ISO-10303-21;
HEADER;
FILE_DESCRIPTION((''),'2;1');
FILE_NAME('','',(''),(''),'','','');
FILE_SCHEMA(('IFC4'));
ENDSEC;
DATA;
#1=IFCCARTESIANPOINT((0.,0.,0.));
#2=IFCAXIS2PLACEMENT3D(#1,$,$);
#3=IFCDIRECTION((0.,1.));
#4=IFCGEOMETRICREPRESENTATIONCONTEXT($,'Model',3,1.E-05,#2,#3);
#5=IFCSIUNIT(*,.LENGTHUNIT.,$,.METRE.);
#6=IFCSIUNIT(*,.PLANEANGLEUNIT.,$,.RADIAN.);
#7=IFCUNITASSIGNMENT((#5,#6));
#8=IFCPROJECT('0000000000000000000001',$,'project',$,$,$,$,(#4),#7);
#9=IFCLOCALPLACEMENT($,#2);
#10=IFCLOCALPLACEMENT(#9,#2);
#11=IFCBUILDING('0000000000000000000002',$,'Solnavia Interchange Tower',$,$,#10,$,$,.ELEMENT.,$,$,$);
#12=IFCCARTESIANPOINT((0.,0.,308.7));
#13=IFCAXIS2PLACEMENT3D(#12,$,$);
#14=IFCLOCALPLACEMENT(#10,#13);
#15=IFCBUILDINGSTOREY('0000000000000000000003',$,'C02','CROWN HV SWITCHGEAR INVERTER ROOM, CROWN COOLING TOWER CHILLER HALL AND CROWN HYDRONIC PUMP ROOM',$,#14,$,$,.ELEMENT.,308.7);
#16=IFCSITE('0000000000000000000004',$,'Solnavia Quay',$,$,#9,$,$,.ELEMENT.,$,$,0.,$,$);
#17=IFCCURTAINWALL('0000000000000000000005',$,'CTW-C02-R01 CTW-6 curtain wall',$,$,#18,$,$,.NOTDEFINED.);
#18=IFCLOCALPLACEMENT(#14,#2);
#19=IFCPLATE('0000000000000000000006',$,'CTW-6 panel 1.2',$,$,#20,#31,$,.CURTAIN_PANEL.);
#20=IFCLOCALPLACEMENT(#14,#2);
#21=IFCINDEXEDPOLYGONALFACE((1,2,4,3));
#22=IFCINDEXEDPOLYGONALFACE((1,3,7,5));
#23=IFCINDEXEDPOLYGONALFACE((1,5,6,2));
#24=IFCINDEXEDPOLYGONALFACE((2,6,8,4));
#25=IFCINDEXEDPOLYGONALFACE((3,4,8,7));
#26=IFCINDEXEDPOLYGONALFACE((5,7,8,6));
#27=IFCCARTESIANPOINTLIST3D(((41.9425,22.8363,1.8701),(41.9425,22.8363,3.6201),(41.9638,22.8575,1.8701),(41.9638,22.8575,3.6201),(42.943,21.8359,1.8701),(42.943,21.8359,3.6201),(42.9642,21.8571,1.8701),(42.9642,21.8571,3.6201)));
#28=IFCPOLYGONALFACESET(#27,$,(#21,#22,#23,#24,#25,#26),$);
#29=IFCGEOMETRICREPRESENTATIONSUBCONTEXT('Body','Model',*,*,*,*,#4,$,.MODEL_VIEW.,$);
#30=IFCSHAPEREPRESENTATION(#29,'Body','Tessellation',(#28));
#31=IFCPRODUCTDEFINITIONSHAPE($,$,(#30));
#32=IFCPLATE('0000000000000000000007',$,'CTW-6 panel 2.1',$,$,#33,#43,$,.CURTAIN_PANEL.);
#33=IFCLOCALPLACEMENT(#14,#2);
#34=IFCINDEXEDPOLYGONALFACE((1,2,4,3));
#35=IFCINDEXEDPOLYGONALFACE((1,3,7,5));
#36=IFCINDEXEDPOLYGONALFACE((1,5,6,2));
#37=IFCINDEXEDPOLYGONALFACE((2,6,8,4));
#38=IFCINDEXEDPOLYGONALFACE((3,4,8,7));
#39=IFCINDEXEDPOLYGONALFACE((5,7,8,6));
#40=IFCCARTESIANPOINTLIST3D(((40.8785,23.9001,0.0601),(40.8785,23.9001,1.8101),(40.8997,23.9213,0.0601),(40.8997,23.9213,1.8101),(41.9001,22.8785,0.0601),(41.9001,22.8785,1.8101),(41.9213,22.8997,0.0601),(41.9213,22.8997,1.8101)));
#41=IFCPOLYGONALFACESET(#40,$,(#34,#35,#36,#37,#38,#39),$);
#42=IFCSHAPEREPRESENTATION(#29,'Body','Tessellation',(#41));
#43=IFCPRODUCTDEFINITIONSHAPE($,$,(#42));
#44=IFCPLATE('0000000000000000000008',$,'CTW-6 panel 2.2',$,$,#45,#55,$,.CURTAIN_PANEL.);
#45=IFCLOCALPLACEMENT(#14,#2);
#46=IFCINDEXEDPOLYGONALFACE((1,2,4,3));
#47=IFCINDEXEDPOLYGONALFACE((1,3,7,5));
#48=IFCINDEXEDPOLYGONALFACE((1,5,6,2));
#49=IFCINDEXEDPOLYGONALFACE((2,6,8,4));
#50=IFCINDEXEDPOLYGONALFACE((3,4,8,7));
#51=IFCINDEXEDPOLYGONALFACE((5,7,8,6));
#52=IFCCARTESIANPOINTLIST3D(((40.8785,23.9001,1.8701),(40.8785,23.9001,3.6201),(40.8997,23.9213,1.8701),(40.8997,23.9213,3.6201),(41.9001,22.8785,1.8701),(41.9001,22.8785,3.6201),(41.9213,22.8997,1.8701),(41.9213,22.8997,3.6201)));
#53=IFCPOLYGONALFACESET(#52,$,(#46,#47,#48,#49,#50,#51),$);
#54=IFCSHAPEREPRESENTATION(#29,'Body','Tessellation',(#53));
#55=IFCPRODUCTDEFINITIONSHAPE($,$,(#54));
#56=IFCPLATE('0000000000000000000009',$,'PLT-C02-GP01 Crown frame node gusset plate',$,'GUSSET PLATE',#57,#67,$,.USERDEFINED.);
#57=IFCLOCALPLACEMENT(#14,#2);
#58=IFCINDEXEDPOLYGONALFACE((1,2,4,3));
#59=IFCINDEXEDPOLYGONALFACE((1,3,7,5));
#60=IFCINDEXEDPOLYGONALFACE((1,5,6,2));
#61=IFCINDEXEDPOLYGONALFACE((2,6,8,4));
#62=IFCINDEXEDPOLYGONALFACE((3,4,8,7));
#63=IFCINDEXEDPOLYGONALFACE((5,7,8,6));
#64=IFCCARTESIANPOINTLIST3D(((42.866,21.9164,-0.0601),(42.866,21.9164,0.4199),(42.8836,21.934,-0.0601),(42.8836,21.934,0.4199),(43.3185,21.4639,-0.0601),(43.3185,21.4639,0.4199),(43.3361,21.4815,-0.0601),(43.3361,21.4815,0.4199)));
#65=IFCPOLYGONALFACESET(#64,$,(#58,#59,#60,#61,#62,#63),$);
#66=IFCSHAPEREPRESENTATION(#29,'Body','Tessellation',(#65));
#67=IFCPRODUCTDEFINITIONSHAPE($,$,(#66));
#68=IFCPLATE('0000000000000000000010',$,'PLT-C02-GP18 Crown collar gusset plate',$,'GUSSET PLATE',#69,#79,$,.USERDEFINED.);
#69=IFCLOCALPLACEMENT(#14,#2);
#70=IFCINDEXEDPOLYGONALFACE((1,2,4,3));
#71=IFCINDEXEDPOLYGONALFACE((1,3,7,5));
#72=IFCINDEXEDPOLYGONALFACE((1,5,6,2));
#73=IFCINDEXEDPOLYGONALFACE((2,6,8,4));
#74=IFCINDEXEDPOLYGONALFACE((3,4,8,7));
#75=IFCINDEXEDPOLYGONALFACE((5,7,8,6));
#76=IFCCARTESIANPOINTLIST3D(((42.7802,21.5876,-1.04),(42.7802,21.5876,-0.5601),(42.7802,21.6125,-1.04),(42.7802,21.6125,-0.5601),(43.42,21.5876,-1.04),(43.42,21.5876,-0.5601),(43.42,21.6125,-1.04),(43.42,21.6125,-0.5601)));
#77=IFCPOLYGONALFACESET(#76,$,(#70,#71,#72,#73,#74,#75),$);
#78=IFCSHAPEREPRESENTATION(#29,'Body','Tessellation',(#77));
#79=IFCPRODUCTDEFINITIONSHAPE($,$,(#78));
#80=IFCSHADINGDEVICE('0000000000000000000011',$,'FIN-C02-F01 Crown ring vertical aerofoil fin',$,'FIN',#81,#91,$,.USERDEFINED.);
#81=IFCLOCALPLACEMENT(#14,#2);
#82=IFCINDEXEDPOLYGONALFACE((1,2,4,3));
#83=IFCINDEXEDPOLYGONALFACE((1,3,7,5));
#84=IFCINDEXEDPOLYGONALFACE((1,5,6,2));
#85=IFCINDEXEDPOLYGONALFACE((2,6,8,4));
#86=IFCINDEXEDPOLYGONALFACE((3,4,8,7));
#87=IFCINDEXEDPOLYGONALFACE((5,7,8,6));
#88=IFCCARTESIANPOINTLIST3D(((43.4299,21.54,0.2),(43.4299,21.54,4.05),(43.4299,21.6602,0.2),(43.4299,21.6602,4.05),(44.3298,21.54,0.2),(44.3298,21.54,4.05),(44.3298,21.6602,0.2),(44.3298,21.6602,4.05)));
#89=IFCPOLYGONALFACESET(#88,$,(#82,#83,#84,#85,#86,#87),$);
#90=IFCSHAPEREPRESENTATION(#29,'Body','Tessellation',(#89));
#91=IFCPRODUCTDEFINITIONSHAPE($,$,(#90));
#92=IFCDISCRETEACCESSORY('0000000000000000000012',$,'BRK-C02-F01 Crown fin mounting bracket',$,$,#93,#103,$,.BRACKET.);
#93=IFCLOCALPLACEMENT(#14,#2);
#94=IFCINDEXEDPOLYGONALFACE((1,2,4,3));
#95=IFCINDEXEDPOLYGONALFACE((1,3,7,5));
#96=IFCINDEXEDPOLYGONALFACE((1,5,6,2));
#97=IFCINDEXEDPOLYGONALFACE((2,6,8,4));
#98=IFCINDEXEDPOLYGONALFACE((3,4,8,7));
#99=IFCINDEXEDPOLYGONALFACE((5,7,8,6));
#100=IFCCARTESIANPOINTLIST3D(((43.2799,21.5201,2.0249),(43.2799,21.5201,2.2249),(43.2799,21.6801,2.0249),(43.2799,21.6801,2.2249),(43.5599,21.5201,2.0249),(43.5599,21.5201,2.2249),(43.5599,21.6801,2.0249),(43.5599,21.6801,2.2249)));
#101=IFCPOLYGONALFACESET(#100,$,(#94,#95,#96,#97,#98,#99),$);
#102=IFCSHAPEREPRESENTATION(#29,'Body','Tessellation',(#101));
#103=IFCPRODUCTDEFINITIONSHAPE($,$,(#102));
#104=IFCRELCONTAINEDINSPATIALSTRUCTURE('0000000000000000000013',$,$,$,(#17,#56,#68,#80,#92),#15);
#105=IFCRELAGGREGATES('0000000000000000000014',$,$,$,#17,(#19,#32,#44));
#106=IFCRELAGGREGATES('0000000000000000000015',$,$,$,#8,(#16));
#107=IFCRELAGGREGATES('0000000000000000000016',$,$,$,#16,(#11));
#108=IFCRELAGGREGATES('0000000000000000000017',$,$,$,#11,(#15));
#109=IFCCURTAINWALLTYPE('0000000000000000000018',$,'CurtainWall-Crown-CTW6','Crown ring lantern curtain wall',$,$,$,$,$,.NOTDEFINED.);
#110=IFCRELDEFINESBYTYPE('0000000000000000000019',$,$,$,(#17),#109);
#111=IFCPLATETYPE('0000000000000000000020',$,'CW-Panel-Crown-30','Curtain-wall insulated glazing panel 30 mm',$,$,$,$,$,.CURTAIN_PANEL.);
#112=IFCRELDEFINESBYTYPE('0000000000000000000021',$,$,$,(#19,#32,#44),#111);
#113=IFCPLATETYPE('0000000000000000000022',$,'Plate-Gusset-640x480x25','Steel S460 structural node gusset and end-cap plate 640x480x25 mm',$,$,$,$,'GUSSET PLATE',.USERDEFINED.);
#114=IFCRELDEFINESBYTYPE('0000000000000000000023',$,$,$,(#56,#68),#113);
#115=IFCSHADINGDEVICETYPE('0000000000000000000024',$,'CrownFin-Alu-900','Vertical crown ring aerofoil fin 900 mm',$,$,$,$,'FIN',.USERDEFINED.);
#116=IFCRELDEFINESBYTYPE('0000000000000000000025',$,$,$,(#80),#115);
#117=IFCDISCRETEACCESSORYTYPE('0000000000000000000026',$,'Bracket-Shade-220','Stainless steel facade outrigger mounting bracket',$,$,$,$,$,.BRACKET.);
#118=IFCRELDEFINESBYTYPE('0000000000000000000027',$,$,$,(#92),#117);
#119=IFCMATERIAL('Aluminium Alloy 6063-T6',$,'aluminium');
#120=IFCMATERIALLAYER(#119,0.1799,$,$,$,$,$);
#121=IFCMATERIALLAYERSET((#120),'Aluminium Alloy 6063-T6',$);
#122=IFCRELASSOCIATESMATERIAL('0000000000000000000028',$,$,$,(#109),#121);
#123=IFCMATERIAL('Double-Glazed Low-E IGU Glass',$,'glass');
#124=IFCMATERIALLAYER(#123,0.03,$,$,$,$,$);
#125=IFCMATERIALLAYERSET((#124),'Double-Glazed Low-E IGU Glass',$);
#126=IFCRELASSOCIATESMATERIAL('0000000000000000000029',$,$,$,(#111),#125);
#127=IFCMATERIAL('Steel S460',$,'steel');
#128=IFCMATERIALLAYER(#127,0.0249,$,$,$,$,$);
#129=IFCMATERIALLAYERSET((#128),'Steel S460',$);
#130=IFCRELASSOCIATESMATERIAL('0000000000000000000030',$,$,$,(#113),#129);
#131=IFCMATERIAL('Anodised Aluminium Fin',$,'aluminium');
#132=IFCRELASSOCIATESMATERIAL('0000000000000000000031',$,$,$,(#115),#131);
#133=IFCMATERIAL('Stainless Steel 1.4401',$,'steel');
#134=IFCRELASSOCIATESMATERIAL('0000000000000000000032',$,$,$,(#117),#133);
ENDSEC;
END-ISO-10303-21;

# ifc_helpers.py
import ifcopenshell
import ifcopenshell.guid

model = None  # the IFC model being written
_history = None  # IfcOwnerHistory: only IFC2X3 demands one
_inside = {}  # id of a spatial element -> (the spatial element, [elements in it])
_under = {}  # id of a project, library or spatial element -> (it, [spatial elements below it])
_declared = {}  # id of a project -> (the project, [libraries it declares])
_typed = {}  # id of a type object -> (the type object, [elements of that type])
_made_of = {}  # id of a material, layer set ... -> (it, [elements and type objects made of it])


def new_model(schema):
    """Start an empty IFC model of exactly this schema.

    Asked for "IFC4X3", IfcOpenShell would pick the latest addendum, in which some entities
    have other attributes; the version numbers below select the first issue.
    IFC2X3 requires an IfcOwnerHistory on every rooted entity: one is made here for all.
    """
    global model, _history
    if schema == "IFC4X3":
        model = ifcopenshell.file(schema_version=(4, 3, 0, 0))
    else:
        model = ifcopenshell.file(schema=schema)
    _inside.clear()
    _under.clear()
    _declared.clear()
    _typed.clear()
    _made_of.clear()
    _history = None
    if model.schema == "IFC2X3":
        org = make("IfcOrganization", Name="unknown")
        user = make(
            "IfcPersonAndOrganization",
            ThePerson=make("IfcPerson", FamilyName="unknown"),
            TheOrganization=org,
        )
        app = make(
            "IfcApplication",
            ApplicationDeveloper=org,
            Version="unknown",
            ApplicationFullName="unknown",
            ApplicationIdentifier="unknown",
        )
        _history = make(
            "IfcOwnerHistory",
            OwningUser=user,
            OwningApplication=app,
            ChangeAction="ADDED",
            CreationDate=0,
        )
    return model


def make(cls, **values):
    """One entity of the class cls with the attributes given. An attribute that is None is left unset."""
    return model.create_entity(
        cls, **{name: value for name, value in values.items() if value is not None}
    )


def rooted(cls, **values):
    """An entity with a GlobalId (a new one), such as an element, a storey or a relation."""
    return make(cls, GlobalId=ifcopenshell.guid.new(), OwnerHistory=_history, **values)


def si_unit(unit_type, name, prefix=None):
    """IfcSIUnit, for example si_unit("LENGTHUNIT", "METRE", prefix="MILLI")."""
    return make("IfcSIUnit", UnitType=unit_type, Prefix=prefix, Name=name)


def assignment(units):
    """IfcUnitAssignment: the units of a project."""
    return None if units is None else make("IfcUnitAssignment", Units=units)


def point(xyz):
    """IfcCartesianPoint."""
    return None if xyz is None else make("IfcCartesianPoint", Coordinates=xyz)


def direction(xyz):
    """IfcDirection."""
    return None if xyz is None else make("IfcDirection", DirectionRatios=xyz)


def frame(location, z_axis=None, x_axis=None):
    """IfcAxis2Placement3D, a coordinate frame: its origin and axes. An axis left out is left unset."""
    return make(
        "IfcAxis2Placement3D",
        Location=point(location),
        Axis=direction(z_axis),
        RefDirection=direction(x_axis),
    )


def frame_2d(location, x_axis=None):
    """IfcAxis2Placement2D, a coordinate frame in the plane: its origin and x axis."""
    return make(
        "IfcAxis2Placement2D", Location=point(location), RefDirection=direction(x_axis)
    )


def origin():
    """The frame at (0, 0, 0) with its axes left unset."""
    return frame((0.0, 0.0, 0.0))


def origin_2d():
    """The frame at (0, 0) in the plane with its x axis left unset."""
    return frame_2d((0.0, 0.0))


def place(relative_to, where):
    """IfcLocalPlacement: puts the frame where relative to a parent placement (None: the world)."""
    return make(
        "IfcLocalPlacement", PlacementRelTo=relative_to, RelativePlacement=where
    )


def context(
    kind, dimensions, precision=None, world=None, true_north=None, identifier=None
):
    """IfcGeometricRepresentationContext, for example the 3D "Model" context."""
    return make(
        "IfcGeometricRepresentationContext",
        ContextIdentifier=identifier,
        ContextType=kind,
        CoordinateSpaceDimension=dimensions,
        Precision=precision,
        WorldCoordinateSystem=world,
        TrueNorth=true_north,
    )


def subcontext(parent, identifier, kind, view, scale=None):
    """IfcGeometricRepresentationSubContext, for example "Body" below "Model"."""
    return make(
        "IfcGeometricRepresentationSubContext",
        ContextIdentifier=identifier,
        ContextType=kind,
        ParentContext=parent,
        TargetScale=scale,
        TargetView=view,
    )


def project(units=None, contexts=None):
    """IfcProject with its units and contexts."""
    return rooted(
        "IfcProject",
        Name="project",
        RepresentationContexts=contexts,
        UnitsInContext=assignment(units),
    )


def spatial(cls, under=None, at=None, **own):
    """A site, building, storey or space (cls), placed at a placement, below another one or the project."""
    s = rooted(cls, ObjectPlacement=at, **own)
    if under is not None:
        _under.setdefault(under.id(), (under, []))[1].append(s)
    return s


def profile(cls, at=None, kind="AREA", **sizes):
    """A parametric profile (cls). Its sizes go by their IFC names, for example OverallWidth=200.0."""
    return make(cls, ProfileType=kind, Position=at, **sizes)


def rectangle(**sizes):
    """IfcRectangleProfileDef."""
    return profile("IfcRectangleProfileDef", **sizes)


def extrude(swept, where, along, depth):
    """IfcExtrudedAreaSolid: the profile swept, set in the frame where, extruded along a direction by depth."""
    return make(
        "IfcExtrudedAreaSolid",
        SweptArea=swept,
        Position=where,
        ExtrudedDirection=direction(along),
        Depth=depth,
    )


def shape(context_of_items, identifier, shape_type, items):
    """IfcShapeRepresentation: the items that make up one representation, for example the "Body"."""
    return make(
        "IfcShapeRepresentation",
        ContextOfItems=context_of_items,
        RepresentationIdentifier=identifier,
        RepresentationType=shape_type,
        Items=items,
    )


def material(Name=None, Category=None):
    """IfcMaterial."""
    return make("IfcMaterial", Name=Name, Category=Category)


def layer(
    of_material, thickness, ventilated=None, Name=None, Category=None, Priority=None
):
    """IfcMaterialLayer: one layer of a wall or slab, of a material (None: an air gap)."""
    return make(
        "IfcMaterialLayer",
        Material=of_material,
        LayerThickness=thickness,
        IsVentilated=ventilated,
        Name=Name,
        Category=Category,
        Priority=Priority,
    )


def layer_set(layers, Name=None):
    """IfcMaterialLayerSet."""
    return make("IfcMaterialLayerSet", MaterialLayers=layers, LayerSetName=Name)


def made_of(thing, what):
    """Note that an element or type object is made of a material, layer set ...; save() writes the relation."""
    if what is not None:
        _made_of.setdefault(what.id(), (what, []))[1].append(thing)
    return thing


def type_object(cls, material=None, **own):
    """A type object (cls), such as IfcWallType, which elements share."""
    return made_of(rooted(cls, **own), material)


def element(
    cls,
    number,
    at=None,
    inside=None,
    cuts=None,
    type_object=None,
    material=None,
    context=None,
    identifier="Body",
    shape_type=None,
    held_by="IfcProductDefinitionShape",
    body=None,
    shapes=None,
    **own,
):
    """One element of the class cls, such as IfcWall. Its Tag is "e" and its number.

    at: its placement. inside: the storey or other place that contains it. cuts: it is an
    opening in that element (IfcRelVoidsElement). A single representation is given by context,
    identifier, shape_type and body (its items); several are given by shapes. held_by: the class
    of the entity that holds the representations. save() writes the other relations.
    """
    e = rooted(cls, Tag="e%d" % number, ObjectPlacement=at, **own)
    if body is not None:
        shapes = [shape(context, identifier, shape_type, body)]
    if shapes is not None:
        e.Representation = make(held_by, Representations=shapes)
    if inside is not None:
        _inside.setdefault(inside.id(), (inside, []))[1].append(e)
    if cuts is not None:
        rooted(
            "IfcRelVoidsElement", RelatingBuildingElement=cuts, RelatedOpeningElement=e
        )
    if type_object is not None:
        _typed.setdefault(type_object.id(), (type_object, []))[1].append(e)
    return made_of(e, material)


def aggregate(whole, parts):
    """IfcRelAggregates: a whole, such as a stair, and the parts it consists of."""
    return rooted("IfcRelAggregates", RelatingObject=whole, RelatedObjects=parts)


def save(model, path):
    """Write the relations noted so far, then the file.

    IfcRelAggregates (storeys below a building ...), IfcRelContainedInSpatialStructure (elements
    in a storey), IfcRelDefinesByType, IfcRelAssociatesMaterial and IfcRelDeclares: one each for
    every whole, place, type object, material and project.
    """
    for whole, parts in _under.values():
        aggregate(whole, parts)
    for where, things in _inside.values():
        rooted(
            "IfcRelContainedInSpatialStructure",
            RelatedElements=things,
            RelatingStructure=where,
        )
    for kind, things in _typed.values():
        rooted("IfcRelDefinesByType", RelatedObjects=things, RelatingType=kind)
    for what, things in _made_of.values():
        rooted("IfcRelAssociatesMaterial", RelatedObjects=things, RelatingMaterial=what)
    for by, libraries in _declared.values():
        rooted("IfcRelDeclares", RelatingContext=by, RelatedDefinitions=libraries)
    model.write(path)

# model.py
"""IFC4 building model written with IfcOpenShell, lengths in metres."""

from ifc_helpers import new_model, si_unit, direction, frame, origin, origin_2d, place, context, subcontext, project, spatial, rectangle, extrude, material, layer, layer_set, type_object, element, aggregate, save


model = new_model("IFC4")

# Units and contexts
model_context = context("Model", 3, precision=1e-05, world=origin(), true_north=direction((0.0, 1.0)))
body_context = subcontext(model_context, "Body", "Model", "MODEL_VIEW")
ifc_project = project(units=[si_unit("LENGTHUNIT", "METRE"), si_unit("PLANEANGLEUNIT", "RADIAN")], contexts=[model_context])

# Site, building, storey
site_placement = place(None, origin())
site = spatial("IfcSite", under=ifc_project, at=site_placement, Name="Solnavia Quay", CompositionType="ELEMENT", RefElevation=0.0)
building_placement = place(site_placement, origin())
building = spatial("IfcBuilding", under=site, at=building_placement, Name="Solnavia Interchange Tower", CompositionType="ELEMENT")
storey_placement = place(building_placement, frame((0.0, 0.0, 308.7)))
storey = spatial("IfcBuildingStorey", under=building, at=storey_placement, Name="C02", Description="CROWN HV SWITCHGEAR INVERTER ROOM, CROWN COOLING TOWER CHILLER HALL AND CROWN HYDRONIC PUMP ROOM", CompositionType="ELEMENT", Elevation=308.7)

# Shared definitions
ifc_material_1 = material(Name="Steel S460", Category="steel")

# Curtain wall
ifc_material_2 = material(Name="Aluminium Alloy 6063-T6", Category="aluminium")
ifc_layer_1 = layer(ifc_material_2, 0.1799)
ifc_layer_set_1 = layer_set([ifc_layer_1], Name="Aluminium Alloy 6063-T6")
curtain_wall_type = type_object("IfcCurtainWallType", Name="CurtainWall-Crown-CTW6", Description="Crown ring lantern curtain wall", PredefinedType="NOTDEFINED", material=ifc_layer_set_1)
curtain_wall_placement = place(storey_placement, origin())
curtain_wall = element("IfcCurtainWall", 1, at=curtain_wall_placement, inside=storey, type_object=curtain_wall_type, Name="CTW-C02-R01 CTW-6 curtain wall", PredefinedType="NOTDEFINED")

# Plates
ifc_material_3 = material(Name="Double-Glazed Low-E IGU Glass", Category="glass")
ifc_layer_2 = layer(ifc_material_3, 0.03)
ifc_layer_set_2 = layer_set([ifc_layer_2], Name="Double-Glazed Low-E IGU Glass")
plate_type_1 = type_object("IfcPlateType", Name="CW-Panel-Crown-30", Description="Curtain-wall insulated glazing panel 30 mm", PredefinedType="CURTAIN_PANEL", material=ifc_layer_set_2)
plate_1_placement = place(storey_placement, frame((42.4534, 22.3467, 1.8701), z_axis=(0.0, 0.0, 1.0), x_axis=(-0.707107, 0.707107, 0.0)))
plate_1 = element("IfcPlate", 2, at=plate_1_placement, type_object=plate_type_1, Name="CTW-6 panel 1.2", PredefinedType="CURTAIN_PANEL", context=body_context, shape_type="SweptSolid", body=[
    extrude(rectangle(XDim=1.4148, YDim=0.03, at=origin_2d()), origin(), (0.0, 0.0, 1.0), 1.75),
])
plate_2_placement = place(storey_placement, frame((41.3999, 23.3999, 0.0601), z_axis=(0.0, 0.0, 1.0), x_axis=(-0.707107, 0.707107, 0.0)))
plate_2 = element("IfcPlate", 3, at=plate_2_placement, type_object=plate_type_1, Name="CTW-6 panel 2.1", PredefinedType="CURTAIN_PANEL", context=body_context, shape_type="SweptSolid", body=[
    extrude(rectangle(XDim=1.4448, YDim=0.03, at=origin_2d()), origin(), (0.0, 0.0, 1.0), 1.75),
])
plate_3_placement = place(storey_placement, frame((41.3999, 23.3999, 1.8701), z_axis=(0.0, 0.0, 1.0), x_axis=(-0.707107, 0.707107, 0.0)))
plate_3 = element("IfcPlate", 4, at=plate_3_placement, type_object=plate_type_1, Name="CTW-6 panel 2.2", PredefinedType="CURTAIN_PANEL", context=body_context, shape_type="SweptSolid", body=[
    extrude(rectangle(XDim=1.4448, YDim=0.03, at=origin_2d()), origin(), (0.0, 0.0, 1.0), 1.75),
])
aggregate(curtain_wall, [plate_1, plate_2, plate_3])

# Plates
ifc_layer_3 = layer(ifc_material_1, 0.0249)
ifc_layer_set_3 = layer_set([ifc_layer_3], Name="Steel S460")
plate_type_2 = type_object("IfcPlateType", Name="Plate-Gusset-640x480x25", Description="Steel S460 structural node gusset and end-cap plate 640x480x25 mm", ElementType="GUSSET PLATE", PredefinedType="USERDEFINED", material=ifc_layer_set_3)
for number, where, z_axis, x_axis, name in (
    (5, (43.1011, 21.699, -0.0601), (0.0, 0.0, 1.0), (-0.707107, 0.707107, 0.0), "PLT-C02-GP01 Crown frame node gusset plate"),
    (6, (43.1001, 21.6001, -1.04), (0.0, 0.0, 1.0), (1.0, 0.0, 0.0), "PLT-C02-GP18 Crown collar gusset plate"),
):
    element("IfcPlate", number, at=place(storey_placement, frame(where, z_axis=z_axis, x_axis=x_axis)), inside=storey, type_object=plate_type_2, Name=name, ObjectType="GUSSET PLATE", PredefinedType="USERDEFINED", context=body_context, shape_type="SweptSolid", body=[
        extrude(rectangle(XDim=0.6399, YDim=0.0249, at=origin_2d()), origin(), (0.0, 0.0, 1.0), 0.48),
    ])

# Shading device
ifc_material_4 = material(Name="Anodised Aluminium Fin", Category="aluminium")
shading_device_type = type_object("IfcShadingDeviceType", Name="CrownFin-Alu-900", Description="Vertical crown ring aerofoil fin 900 mm", ElementType="FIN", PredefinedType="USERDEFINED", material=ifc_material_4)
shading_device_placement = place(storey_placement, frame((43.8799, 21.6001, 0.2), z_axis=(0.0, 0.0, 1.0), x_axis=(1.0, 0.0, 0.0)))
element("IfcShadingDevice", 7, at=shading_device_placement, inside=storey, type_object=shading_device_type, Name="FIN-C02-F01 Crown ring vertical aerofoil fin", ObjectType="FIN", PredefinedType="USERDEFINED", context=body_context, shape_type="SweptSolid", body=[
    extrude(rectangle(XDim=0.8999, YDim=0.1201, at=origin_2d()), origin(), (0.0, 0.0, 1.0), 3.8501),
])

# Discrete accessory
ifc_material_5 = material(Name="Stainless Steel 1.4401", Category="steel")
discrete_accessory_type = type_object("IfcDiscreteAccessoryType", Name="Bracket-Shade-220", Description="Stainless steel facade outrigger mounting bracket", PredefinedType="BRACKET", material=ifc_material_5)
discrete_accessory_placement = place(storey_placement, frame((43.4199, 21.6001, 2.0249), z_axis=(0.0, 0.0, 1.0), x_axis=(1.0, 0.0, 0.0)))
element("IfcDiscreteAccessory", 8, at=discrete_accessory_placement, inside=storey, type_object=discrete_accessory_type, Name="BRK-C02-F01 Crown fin mounting bracket", PredefinedType="BRACKET", context=body_context, shape_type="SweptSolid", body=[
    extrude(rectangle(XDim=0.28, YDim=0.1599, at=origin_2d()), origin(), (0.0, 0.0, 1.0), 0.2),
])

save(model, "model.ifc")
